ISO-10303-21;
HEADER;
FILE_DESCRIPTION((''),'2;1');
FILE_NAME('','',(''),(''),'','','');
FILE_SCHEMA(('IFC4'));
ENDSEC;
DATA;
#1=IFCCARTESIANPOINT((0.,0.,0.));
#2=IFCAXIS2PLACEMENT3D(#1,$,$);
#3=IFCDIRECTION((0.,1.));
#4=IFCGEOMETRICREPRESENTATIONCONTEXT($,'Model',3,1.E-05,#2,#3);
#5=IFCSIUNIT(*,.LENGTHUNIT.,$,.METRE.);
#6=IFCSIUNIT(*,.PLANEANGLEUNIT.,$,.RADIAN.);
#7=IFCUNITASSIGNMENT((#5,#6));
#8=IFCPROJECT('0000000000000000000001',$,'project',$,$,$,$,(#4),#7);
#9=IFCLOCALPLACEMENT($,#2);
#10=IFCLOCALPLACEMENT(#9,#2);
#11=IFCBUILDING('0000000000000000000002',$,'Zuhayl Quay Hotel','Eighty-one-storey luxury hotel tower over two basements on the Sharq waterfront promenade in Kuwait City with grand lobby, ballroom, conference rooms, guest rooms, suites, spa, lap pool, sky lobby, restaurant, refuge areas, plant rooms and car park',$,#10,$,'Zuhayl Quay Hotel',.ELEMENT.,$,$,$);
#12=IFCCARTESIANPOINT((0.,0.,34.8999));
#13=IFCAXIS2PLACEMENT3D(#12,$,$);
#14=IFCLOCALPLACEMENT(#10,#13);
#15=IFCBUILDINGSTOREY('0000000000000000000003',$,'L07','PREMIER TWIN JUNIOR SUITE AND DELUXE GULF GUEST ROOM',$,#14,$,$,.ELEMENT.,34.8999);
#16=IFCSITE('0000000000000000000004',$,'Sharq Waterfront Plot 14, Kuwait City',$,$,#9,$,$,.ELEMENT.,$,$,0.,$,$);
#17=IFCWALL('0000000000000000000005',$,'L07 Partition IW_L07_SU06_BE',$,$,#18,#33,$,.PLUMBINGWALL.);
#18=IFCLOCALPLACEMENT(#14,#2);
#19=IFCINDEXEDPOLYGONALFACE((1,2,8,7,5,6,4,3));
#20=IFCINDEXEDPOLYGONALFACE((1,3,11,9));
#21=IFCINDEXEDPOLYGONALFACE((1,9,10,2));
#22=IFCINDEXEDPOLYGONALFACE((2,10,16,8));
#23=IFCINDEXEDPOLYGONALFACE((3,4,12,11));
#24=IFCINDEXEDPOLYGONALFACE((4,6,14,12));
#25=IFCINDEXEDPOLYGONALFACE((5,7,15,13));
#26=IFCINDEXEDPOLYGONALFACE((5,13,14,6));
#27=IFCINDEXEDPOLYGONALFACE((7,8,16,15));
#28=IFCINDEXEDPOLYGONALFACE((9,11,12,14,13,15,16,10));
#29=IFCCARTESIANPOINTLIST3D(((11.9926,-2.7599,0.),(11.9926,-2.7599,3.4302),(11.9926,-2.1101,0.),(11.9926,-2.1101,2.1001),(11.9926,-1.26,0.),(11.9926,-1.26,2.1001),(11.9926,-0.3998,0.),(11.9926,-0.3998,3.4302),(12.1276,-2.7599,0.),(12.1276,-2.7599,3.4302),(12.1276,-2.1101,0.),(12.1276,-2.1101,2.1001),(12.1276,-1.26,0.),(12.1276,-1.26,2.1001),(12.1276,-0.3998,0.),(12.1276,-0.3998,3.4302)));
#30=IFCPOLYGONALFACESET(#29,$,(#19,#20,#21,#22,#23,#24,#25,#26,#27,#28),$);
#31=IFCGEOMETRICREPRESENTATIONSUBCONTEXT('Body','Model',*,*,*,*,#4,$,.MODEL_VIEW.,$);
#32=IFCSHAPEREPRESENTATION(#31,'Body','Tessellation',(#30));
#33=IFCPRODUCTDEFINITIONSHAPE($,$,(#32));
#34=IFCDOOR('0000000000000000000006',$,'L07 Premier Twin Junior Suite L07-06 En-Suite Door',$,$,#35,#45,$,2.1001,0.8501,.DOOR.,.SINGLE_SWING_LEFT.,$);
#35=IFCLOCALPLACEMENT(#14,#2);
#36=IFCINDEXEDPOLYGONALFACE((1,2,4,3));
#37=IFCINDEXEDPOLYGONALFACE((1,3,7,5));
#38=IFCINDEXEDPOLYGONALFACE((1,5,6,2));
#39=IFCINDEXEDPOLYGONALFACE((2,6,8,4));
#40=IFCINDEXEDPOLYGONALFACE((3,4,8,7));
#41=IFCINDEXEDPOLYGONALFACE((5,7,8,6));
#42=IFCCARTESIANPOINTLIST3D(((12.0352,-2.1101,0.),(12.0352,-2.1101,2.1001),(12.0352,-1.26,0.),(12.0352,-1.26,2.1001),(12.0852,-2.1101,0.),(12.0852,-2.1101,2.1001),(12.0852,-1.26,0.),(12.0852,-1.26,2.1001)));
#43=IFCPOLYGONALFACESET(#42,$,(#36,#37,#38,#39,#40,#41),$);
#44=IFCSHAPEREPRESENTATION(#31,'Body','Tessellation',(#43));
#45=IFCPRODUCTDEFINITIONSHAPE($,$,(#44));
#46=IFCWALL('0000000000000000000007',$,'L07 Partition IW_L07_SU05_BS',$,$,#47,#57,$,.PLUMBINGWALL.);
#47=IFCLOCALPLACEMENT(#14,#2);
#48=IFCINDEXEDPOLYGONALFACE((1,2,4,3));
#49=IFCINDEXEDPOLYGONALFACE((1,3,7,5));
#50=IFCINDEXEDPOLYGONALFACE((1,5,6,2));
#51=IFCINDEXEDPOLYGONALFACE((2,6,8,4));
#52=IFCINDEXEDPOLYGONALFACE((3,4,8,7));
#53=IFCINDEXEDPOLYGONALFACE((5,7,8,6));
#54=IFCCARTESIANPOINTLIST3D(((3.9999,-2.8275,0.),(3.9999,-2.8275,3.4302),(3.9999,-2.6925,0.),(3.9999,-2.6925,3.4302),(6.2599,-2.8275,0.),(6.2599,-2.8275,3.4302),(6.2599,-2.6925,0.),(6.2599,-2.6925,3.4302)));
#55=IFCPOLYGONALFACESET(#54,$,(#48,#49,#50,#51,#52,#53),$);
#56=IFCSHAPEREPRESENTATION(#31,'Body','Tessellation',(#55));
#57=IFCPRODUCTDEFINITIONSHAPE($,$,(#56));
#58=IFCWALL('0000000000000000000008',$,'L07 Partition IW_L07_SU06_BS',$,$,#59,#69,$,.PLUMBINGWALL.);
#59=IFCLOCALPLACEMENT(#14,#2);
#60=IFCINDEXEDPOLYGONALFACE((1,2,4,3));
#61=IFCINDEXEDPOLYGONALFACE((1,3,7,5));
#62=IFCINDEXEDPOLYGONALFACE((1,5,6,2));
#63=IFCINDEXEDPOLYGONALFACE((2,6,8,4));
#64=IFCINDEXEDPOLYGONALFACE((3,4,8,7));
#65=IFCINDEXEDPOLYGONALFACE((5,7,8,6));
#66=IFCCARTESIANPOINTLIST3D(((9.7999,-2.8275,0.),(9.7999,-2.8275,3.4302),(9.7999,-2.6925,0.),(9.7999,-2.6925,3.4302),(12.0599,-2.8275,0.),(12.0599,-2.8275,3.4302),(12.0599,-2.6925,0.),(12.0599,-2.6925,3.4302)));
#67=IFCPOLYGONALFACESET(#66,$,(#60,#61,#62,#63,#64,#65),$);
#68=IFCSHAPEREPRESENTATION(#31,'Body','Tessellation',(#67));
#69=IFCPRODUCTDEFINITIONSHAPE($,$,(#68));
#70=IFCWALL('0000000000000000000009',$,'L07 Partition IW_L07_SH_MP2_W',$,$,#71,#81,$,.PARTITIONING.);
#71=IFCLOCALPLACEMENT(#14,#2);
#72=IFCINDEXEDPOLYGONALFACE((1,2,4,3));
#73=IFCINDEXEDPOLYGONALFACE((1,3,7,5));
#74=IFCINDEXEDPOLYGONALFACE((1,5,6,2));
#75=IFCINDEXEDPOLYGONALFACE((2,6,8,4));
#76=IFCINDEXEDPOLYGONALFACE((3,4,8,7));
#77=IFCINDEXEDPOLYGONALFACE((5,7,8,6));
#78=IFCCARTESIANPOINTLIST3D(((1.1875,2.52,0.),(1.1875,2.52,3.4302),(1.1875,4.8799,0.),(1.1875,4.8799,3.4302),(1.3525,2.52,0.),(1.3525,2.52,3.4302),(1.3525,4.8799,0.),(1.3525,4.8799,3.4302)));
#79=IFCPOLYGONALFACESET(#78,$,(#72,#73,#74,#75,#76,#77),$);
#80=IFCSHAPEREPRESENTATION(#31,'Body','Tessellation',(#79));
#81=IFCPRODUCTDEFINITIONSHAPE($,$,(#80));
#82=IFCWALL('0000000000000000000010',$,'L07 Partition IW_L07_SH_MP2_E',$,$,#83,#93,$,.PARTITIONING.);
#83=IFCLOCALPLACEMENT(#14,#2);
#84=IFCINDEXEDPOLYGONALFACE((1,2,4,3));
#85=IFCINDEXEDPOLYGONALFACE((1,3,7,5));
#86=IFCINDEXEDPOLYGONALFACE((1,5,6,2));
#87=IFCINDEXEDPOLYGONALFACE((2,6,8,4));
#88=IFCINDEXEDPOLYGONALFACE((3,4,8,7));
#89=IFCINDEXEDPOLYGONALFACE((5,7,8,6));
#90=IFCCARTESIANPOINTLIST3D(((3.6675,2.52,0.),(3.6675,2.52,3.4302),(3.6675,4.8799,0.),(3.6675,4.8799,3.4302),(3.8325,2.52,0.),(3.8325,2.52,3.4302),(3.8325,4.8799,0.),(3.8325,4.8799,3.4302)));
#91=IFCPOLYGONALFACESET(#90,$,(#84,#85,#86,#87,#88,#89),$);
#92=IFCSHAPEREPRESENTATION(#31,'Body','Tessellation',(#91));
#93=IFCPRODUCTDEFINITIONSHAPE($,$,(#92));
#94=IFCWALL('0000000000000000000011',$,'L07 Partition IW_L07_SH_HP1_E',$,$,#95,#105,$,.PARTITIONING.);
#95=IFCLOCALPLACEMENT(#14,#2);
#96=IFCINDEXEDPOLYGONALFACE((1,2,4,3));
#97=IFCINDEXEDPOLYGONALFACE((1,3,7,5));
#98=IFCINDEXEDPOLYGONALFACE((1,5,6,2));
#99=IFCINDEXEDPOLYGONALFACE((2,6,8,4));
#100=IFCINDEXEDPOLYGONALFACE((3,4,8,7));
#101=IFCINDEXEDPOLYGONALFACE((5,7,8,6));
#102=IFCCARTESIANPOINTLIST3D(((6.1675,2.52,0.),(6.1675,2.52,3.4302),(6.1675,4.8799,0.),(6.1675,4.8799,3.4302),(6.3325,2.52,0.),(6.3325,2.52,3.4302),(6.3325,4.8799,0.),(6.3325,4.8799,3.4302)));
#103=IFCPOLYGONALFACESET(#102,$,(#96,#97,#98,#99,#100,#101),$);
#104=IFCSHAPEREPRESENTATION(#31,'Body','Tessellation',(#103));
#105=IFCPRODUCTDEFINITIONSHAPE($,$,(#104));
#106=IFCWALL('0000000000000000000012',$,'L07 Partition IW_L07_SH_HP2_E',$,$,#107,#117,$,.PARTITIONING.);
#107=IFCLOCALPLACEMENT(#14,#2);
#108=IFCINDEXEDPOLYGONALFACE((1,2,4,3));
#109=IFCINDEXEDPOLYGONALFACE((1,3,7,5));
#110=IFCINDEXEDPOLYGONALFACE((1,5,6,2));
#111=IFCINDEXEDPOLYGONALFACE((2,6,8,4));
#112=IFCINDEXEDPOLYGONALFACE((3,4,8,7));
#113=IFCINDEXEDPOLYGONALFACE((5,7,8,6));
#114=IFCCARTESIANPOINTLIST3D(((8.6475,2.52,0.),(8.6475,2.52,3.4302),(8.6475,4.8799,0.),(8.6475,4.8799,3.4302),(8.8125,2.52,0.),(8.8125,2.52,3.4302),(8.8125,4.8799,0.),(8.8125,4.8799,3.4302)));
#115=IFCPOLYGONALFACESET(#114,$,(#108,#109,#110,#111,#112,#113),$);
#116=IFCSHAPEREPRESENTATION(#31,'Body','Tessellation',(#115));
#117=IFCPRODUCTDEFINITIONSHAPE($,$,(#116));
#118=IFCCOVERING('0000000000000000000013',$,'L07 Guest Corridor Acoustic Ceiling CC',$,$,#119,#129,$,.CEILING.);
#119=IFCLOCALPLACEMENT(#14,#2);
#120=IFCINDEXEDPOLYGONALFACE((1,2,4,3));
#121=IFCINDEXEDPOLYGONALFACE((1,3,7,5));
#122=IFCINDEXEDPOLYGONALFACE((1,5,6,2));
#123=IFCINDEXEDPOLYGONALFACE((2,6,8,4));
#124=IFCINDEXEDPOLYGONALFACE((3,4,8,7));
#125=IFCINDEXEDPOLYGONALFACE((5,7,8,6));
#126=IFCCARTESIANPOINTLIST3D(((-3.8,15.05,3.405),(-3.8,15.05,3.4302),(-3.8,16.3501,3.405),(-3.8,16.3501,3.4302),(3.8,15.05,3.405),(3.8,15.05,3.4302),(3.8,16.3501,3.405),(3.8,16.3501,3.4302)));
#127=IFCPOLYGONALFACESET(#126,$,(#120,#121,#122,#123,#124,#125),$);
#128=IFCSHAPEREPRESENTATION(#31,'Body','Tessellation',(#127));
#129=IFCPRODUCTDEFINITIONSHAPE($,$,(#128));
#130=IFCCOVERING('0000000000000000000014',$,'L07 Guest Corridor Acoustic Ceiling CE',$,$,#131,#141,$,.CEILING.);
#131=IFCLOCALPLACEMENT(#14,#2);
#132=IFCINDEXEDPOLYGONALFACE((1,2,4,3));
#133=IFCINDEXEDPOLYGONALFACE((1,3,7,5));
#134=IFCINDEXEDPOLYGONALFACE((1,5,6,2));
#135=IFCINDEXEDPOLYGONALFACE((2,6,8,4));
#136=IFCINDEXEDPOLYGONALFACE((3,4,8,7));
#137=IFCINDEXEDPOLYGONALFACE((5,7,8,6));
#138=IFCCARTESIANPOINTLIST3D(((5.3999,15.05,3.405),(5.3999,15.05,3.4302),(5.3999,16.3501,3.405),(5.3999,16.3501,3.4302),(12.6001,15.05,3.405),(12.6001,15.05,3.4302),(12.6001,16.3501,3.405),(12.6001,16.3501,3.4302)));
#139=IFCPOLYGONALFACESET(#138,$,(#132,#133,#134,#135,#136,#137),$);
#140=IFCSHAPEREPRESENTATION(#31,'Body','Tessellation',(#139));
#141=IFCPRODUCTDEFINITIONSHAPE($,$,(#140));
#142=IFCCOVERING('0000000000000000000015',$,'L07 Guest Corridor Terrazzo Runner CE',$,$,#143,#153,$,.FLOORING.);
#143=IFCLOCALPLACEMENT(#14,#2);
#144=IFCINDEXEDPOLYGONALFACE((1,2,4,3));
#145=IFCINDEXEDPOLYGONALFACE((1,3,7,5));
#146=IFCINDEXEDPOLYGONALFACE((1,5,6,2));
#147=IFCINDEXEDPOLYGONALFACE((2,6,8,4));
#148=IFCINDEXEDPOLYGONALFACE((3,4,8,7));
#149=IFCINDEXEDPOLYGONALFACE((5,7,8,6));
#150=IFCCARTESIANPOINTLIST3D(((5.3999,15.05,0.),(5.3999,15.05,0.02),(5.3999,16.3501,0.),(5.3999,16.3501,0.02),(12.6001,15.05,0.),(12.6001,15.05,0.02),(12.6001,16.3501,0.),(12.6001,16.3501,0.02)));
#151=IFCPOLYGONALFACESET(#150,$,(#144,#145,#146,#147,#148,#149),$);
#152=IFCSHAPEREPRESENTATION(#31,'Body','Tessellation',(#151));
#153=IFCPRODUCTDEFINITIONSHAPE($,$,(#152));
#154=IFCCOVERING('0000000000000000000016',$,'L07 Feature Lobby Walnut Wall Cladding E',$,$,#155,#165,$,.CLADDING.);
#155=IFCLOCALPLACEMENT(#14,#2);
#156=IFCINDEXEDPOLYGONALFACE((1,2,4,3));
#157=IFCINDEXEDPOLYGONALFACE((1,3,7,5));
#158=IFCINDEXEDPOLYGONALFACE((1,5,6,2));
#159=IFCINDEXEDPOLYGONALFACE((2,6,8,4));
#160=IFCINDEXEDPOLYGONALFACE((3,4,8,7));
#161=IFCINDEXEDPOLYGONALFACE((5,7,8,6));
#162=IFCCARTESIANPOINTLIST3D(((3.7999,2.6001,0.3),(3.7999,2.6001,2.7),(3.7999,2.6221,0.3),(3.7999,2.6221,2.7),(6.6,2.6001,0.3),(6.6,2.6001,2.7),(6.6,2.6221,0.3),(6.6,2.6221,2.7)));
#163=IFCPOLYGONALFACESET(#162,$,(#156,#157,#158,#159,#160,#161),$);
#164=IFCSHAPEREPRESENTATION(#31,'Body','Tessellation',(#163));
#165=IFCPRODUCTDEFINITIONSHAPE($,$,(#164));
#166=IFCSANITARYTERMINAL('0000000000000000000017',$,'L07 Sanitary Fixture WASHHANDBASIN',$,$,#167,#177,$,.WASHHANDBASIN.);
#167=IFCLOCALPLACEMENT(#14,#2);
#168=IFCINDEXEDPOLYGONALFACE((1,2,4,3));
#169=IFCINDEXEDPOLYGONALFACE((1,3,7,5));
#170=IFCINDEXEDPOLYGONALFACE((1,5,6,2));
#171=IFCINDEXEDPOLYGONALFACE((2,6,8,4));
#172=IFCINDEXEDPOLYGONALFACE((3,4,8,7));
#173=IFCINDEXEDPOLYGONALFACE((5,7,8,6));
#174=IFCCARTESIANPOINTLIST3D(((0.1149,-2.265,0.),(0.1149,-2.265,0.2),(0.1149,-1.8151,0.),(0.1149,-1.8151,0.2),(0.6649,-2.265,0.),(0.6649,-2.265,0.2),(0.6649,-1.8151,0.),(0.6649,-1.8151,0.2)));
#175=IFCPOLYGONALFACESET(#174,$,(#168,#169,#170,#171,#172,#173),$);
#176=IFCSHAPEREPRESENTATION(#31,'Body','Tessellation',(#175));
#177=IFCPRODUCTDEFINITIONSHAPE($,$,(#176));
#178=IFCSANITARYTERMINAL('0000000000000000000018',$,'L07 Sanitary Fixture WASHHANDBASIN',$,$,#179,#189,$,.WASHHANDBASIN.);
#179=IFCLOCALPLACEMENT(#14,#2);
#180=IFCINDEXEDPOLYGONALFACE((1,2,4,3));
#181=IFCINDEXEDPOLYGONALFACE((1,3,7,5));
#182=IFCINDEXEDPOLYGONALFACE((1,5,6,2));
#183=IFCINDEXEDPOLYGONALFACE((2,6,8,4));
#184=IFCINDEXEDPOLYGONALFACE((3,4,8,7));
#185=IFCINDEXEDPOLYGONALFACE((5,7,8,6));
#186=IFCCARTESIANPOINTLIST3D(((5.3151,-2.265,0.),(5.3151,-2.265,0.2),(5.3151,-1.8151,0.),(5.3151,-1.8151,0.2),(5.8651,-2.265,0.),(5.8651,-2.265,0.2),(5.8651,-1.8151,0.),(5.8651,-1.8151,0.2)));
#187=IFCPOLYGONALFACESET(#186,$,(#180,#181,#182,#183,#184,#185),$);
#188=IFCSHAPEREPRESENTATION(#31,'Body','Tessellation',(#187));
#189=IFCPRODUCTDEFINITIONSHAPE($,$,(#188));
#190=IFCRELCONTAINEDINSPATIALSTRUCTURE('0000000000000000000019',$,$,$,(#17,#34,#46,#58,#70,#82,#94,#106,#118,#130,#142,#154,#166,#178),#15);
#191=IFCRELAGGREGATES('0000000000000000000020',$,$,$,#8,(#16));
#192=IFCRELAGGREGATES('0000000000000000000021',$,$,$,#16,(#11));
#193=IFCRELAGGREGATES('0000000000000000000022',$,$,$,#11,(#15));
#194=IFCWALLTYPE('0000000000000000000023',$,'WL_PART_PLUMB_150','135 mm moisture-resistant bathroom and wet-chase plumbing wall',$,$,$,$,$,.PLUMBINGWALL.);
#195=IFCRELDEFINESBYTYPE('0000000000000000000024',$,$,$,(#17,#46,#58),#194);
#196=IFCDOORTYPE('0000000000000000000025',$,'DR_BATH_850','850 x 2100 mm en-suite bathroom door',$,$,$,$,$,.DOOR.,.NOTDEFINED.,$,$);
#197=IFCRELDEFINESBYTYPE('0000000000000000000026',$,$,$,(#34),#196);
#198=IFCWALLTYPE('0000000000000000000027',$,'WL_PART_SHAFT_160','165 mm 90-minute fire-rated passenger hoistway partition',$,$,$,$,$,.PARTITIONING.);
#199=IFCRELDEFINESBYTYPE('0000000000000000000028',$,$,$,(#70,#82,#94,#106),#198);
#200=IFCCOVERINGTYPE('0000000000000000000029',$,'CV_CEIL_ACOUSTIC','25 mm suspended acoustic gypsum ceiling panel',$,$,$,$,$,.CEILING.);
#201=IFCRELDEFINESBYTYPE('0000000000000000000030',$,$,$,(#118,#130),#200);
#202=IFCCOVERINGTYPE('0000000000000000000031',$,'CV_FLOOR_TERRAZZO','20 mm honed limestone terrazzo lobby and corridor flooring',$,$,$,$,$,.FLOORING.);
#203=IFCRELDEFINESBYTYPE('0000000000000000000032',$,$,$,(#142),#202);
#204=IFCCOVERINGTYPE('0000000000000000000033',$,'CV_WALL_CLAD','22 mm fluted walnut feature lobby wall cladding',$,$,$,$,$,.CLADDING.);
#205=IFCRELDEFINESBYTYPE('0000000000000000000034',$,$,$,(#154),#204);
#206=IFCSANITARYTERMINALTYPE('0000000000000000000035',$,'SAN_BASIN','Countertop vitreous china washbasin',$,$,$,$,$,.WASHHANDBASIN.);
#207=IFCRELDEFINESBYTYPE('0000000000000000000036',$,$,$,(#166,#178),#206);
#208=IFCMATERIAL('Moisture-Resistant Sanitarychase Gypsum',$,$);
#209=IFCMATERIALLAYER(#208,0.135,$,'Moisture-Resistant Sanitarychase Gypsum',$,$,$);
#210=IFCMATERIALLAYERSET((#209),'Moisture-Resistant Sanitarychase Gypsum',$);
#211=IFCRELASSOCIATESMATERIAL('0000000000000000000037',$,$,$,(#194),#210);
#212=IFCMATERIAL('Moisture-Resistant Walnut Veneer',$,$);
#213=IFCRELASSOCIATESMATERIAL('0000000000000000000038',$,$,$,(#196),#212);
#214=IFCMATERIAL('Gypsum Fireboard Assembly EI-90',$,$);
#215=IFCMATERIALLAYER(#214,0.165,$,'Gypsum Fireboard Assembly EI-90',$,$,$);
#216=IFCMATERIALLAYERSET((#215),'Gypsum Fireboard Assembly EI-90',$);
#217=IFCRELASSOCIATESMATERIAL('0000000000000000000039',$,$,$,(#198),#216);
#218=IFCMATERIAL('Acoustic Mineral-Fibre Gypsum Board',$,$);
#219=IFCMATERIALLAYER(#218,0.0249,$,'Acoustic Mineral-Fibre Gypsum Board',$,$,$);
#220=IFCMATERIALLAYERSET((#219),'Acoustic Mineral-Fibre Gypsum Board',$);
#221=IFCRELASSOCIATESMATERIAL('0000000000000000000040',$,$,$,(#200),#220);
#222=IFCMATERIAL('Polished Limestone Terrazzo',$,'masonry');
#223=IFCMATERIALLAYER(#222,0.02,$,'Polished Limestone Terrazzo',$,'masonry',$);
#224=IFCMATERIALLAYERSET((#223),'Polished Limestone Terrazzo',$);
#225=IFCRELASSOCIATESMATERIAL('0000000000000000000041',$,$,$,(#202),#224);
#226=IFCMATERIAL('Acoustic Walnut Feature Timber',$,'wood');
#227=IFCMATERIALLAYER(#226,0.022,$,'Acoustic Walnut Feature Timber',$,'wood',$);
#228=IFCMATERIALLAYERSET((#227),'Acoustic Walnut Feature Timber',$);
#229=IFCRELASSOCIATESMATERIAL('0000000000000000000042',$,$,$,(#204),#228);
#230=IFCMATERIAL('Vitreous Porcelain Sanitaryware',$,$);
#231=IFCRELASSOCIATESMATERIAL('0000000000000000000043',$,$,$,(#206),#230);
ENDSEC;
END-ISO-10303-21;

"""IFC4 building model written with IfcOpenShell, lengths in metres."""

from ifc_helpers import new_model, si_unit, direction, frame, frame_2d, origin, origin_2d, place, context, subcontext, project, spatial, polyline, rectangle, outline, extrude, material, layer, layer_set, type_object, element, fill, save


model = new_model("IFC4")

# Units and contexts
model_context = context("Model", 3, precision=1e-05, world=origin(), true_north=direction((0.0, 1.0)))
body_context = subcontext(model_context, "Body", "Model", "MODEL_VIEW")
ifc_project = project(units=[si_unit("LENGTHUNIT", "METRE"), si_unit("PLANEANGLEUNIT", "RADIAN")], contexts=[model_context])

# Site, building, storey
site_placement = place(None, origin())
site = spatial("IfcSite", under=ifc_project, at=site_placement, Name="Sharq Waterfront Plot 14, Kuwait City", CompositionType="ELEMENT", RefElevation=0.0)
building_placement = place(site_placement, origin())
building = spatial("IfcBuilding", under=site, at=building_placement, Name="Zuhayl Quay Hotel", Description="Eighty-one-storey luxury hotel tower over two basements on the Sharq waterfront promenade in Kuwait City with grand lobby, ballroom, conference rooms, guest rooms, suites, spa, lap pool, sky lobby, restaurant, refuge areas, plant rooms and car park", LongName="Zuhayl Quay Hotel", CompositionType="ELEMENT")
storey_placement = place(building_placement, frame((0.0, 0.0, 34.8999)))
storey = spatial("IfcBuildingStorey", under=building, at=storey_placement, Name="L07", Description="PREMIER TWIN JUNIOR SUITE AND DELUXE GULF GUEST ROOM", CompositionType="ELEMENT", Elevation=34.8999)

# Wall, opening, door
ifc_material_1 = material(Name="Moisture-Resistant Sanitarychase Gypsum")
ifc_layer_1 = layer(ifc_material_1, 0.135, Name="Moisture-Resistant Sanitarychase Gypsum")
ifc_layer_set_1 = layer_set([ifc_layer_1], Name="Moisture-Resistant Sanitarychase Gypsum")
wall_type_1 = type_object("IfcWallType", Name="WL_PART_PLUMB_150", Description="135 mm moisture-resistant bathroom and wet-chase plumbing wall", PredefinedType="PLUMBINGWALL", material=ifc_layer_set_1)
ifc_material_2 = material(Name="Moisture-Resistant Walnut Veneer")
door_type_1 = type_object("IfcDoorType", Name="DR_BATH_850", Description="850 x 2100 mm en-suite bathroom door", OperationType="NOTDEFINED", PredefinedType="DOOR", material=ifc_material_2)
wall_1_placement = place(storey_placement, frame((12.0601, -2.76, 0.0), z_axis=(0.0, 0.0, 1.0), x_axis=(0.0, 1.0, 0.0)))
wall_1 = element("IfcWall", 1, at=wall_1_placement, inside=storey, type_object=wall_type_1, Name="L07 Partition IW_L07_SU06_BE", PredefinedType="PLUMBINGWALL", context=body_context, shape_type="SweptSolid", body=[
    extrude(rectangle(XDim=2.3601, YDim=0.135, at=frame_2d((1.1802, 0.0))), origin(), (0.0, 0.0, 1.0), 3.4302),
])
opening_1_placement = place(wall_1_placement, frame((0.6499, 0.0, 0.0)))
opening_1 = element("IfcOpeningElement", 2, at=opening_1_placement, cuts=wall_1, PredefinedType="OPENING", context=body_context, shape_type="SweptSolid", body=[
    extrude(rectangle(XDim=0.8501, YDim=2.1001, at=frame_2d((0.425, 1.05))), frame((0.0, 0.0774, 0.0), z_axis=(0.0, -1.0, 0.0), x_axis=(1.0, 0.0, 0.0)), (0.0, 0.0, 1.0), 0.155),
])
door_1_placement = place(opening_1_placement, origin())
door_1 = element("IfcDoor", 3, at=door_1_placement, inside=storey, type_object=door_type_1, Name="L07 Premier Twin Junior Suite L07-06 En-Suite Door", OperationType="SINGLE_SWING_LEFT", OverallHeight=2.1001, OverallWidth=0.8501, PredefinedType="DOOR", context=body_context, shape_type="SweptSolid", body=[
    extrude(rectangle(XDim=0.8501, YDim=2.1001, at=frame_2d((0.425, 1.05))), frame((0.0, 0.0249, 0.0), z_axis=(0.0, -1.0, 0.0), x_axis=(1.0, 0.0, 0.0)), (0.0, 0.0, 1.0), 0.05),
])
fill(opening_1, door_1)

# Walls
for number, where, z_axis, x_axis, name in (
    (4, (4.0, -2.76, 0.0), (0.0, 0.0, 1.0), (1.0, 0.0, 0.0), "L07 Partition IW_L07_SU05_BS"),
    (5, (9.8, -2.76, 0.0), (0.0, 0.0, 1.0), (1.0, 0.0, 0.0), "L07 Partition IW_L07_SU06_BS"),
):
    element("IfcWall", number, at=place(storey_placement, frame(where, z_axis=z_axis, x_axis=x_axis)), inside=storey, type_object=wall_type_1, Name=name, PredefinedType="PLUMBINGWALL", context=body_context, shape_type="SweptSolid", body=[
        extrude(rectangle(XDim=2.26, YDim=0.135, at=frame_2d((1.1299, 0.0))), origin(), (0.0, 0.0, 1.0), 3.4302),
    ])
ifc_material_3 = material(Name="Gypsum Fireboard Assembly EI-90")
ifc_layer_2 = layer(ifc_material_3, 0.165, Name="Gypsum Fireboard Assembly EI-90")
ifc_layer_set_2 = layer_set([ifc_layer_2], Name="Gypsum Fireboard Assembly EI-90")
wall_type_2 = type_object("IfcWallType", Name="WL_PART_SHAFT_160", Description="165 mm 90-minute fire-rated passenger hoistway partition", PredefinedType="PARTITIONING", material=ifc_layer_set_2)
for number, where, z_axis, x_axis, name in (
    (6, (1.27, 2.52, 0.0), (0.0, 0.0, 1.0), (0.0, 1.0, 0.0), "L07 Partition IW_L07_SH_MP2_W"),
    (7, (3.75, 2.52, 0.0), (0.0, 0.0, 1.0), (0.0, 1.0, 0.0), "L07 Partition IW_L07_SH_MP2_E"),
    (8, (6.25, 2.52, 0.0), (0.0, 0.0, 1.0), (0.0, 1.0, 0.0), "L07 Partition IW_L07_SH_HP1_E"),
    (9, (8.73, 2.52, 0.0), (0.0, 0.0, 1.0), (0.0, 1.0, 0.0), "L07 Partition IW_L07_SH_HP2_E"),
):
    element("IfcWall", number, at=place(storey_placement, frame(where, z_axis=z_axis, x_axis=x_axis)), inside=storey, type_object=wall_type_2, Name=name, PredefinedType="PARTITIONING", context=body_context, shape_type="SweptSolid", body=[
        extrude(rectangle(XDim=2.3599, YDim=0.165, at=frame_2d((1.1799, 0.0))), origin(), (0.0, 0.0, 1.0), 3.4302),
    ])

# Coverings
ifc_material_4 = material(Name="Acoustic Mineral-Fibre Gypsum Board")
ifc_layer_3 = layer(ifc_material_4, 0.0249, Name="Acoustic Mineral-Fibre Gypsum Board")
ifc_layer_set_3 = layer_set([ifc_layer_3], Name="Acoustic Mineral-Fibre Gypsum Board")
covering_type_1 = type_object("IfcCoveringType", Name="CV_CEIL_ACOUSTIC", Description="25 mm suspended acoustic gypsum ceiling panel", PredefinedType="CEILING", material=ifc_layer_set_3)
covering_1_placement = place(storey_placement, frame((0.0, 0.0, 3.405)))
element("IfcCovering", 10, at=covering_1_placement, inside=storey, type_object=covering_type_1, Name="L07 Guest Corridor Acoustic Ceiling CC", PredefinedType="CEILING", context=body_context, shape_type="SweptSolid", body=[
    extrude(outline(polyline([(-3.8, 15.05), (3.8, 15.05), (3.8, 16.3501), (-3.8, 16.3501), (-3.8, 15.05)])), origin(), (0.0, 0.0, 1.0), 0.0251),
])
covering_2_placement = place(storey_placement, frame((0.0, 0.0, 3.405)))
element("IfcCovering", 11, at=covering_2_placement, inside=storey, type_object=covering_type_1, Name="L07 Guest Corridor Acoustic Ceiling CE", PredefinedType="CEILING", context=body_context, shape_type="SweptSolid", body=[
    extrude(outline(polyline([(5.3999, 15.05), (12.6001, 15.05), (12.6001, 16.3501), (5.3999, 16.3501), (5.3999, 15.05)])), origin(), (0.0, 0.0, 1.0), 0.0251),
])
ifc_material_5 = material(Name="Polished Limestone Terrazzo", Category="masonry")
ifc_layer_4 = layer(ifc_material_5, 0.02, Name="Polished Limestone Terrazzo", Category="masonry")
ifc_layer_set_4 = layer_set([ifc_layer_4], Name="Polished Limestone Terrazzo")
covering_type_2 = type_object("IfcCoveringType", Name="CV_FLOOR_TERRAZZO", Description="20 mm honed limestone terrazzo lobby and corridor flooring", PredefinedType="FLOORING", material=ifc_layer_set_4)
covering_3_placement = place(storey_placement, origin())
element("IfcCovering", 12, at=covering_3_placement, inside=storey, type_object=covering_type_2, Name="L07 Guest Corridor Terrazzo Runner CE", PredefinedType="FLOORING", context=body_context, shape_type="SweptSolid", body=[
    extrude(outline(polyline([(5.3999, 15.05), (12.6001, 15.05), (12.6001, 16.3501), (5.3999, 16.3501), (5.3999, 15.05)])), origin(), (0.0, 0.0, 1.0), 0.02),
])
ifc_material_6 = material(Name="Acoustic Walnut Feature Timber", Category="wood")
ifc_layer_5 = layer(ifc_material_6, 0.022, Name="Acoustic Walnut Feature Timber", Category="wood")
ifc_layer_set_5 = layer_set([ifc_layer_5], Name="Acoustic Walnut Feature Timber")
covering_type_3 = type_object("IfcCoveringType", Name="CV_WALL_CLAD", Description="22 mm fluted walnut feature lobby wall cladding", PredefinedType="CLADDING", material=ifc_layer_set_5)
covering_4_placement = place(storey_placement, frame((5.2, 2.6111, 0.3), z_axis=(0.0, 0.0, 1.0), x_axis=(1.0, 0.0, 0.0)))
element("IfcCovering", 13, at=covering_4_placement, inside=storey, type_object=covering_type_3, Name="L07 Feature Lobby Walnut Wall Cladding E", PredefinedType="CLADDING", context=body_context, shape_type="SweptSolid", body=[
    extrude(rectangle(XDim=2.8, YDim=0.022, at=origin_2d()), origin(), (0.0, 0.0, 1.0), 2.3999),
])

# Sanitary terminals
ifc_material_7 = material(Name="Vitreous Porcelain Sanitaryware")
sanitary_terminal_type_1 = type_object("IfcSanitaryTerminalType", Name="SAN_BASIN", Description="Countertop vitreous china washbasin", PredefinedType="WASHHANDBASIN", material=ifc_material_7)
for number, where, z_axis, x_axis, name in (
    (14, (0.3899, -2.04, 0.0), (0.0, 0.0, 1.0), (1.0, 0.0, 0.0), "L07 Sanitary Fixture WASHHANDBASIN"),
    (15, (5.5901, -2.04, 0.0), (0.0, 0.0, 1.0), (1.0, 0.0, 0.0), "L07 Sanitary Fixture WASHHANDBASIN"),
):
    element("IfcSanitaryTerminal", number, at=place(storey_placement, frame(where, z_axis=z_axis, x_axis=x_axis)), inside=storey, type_object=sanitary_terminal_type_1, Name=name, PredefinedType="WASHHANDBASIN", context=body_context, shape_type="SweptSolid", body=[
        extrude(rectangle(XDim=0.55, YDim=0.45, at=origin_2d()), origin(), (0.0, 0.0, 1.0), 0.2),
    ])

save(model, "model.ifc")
